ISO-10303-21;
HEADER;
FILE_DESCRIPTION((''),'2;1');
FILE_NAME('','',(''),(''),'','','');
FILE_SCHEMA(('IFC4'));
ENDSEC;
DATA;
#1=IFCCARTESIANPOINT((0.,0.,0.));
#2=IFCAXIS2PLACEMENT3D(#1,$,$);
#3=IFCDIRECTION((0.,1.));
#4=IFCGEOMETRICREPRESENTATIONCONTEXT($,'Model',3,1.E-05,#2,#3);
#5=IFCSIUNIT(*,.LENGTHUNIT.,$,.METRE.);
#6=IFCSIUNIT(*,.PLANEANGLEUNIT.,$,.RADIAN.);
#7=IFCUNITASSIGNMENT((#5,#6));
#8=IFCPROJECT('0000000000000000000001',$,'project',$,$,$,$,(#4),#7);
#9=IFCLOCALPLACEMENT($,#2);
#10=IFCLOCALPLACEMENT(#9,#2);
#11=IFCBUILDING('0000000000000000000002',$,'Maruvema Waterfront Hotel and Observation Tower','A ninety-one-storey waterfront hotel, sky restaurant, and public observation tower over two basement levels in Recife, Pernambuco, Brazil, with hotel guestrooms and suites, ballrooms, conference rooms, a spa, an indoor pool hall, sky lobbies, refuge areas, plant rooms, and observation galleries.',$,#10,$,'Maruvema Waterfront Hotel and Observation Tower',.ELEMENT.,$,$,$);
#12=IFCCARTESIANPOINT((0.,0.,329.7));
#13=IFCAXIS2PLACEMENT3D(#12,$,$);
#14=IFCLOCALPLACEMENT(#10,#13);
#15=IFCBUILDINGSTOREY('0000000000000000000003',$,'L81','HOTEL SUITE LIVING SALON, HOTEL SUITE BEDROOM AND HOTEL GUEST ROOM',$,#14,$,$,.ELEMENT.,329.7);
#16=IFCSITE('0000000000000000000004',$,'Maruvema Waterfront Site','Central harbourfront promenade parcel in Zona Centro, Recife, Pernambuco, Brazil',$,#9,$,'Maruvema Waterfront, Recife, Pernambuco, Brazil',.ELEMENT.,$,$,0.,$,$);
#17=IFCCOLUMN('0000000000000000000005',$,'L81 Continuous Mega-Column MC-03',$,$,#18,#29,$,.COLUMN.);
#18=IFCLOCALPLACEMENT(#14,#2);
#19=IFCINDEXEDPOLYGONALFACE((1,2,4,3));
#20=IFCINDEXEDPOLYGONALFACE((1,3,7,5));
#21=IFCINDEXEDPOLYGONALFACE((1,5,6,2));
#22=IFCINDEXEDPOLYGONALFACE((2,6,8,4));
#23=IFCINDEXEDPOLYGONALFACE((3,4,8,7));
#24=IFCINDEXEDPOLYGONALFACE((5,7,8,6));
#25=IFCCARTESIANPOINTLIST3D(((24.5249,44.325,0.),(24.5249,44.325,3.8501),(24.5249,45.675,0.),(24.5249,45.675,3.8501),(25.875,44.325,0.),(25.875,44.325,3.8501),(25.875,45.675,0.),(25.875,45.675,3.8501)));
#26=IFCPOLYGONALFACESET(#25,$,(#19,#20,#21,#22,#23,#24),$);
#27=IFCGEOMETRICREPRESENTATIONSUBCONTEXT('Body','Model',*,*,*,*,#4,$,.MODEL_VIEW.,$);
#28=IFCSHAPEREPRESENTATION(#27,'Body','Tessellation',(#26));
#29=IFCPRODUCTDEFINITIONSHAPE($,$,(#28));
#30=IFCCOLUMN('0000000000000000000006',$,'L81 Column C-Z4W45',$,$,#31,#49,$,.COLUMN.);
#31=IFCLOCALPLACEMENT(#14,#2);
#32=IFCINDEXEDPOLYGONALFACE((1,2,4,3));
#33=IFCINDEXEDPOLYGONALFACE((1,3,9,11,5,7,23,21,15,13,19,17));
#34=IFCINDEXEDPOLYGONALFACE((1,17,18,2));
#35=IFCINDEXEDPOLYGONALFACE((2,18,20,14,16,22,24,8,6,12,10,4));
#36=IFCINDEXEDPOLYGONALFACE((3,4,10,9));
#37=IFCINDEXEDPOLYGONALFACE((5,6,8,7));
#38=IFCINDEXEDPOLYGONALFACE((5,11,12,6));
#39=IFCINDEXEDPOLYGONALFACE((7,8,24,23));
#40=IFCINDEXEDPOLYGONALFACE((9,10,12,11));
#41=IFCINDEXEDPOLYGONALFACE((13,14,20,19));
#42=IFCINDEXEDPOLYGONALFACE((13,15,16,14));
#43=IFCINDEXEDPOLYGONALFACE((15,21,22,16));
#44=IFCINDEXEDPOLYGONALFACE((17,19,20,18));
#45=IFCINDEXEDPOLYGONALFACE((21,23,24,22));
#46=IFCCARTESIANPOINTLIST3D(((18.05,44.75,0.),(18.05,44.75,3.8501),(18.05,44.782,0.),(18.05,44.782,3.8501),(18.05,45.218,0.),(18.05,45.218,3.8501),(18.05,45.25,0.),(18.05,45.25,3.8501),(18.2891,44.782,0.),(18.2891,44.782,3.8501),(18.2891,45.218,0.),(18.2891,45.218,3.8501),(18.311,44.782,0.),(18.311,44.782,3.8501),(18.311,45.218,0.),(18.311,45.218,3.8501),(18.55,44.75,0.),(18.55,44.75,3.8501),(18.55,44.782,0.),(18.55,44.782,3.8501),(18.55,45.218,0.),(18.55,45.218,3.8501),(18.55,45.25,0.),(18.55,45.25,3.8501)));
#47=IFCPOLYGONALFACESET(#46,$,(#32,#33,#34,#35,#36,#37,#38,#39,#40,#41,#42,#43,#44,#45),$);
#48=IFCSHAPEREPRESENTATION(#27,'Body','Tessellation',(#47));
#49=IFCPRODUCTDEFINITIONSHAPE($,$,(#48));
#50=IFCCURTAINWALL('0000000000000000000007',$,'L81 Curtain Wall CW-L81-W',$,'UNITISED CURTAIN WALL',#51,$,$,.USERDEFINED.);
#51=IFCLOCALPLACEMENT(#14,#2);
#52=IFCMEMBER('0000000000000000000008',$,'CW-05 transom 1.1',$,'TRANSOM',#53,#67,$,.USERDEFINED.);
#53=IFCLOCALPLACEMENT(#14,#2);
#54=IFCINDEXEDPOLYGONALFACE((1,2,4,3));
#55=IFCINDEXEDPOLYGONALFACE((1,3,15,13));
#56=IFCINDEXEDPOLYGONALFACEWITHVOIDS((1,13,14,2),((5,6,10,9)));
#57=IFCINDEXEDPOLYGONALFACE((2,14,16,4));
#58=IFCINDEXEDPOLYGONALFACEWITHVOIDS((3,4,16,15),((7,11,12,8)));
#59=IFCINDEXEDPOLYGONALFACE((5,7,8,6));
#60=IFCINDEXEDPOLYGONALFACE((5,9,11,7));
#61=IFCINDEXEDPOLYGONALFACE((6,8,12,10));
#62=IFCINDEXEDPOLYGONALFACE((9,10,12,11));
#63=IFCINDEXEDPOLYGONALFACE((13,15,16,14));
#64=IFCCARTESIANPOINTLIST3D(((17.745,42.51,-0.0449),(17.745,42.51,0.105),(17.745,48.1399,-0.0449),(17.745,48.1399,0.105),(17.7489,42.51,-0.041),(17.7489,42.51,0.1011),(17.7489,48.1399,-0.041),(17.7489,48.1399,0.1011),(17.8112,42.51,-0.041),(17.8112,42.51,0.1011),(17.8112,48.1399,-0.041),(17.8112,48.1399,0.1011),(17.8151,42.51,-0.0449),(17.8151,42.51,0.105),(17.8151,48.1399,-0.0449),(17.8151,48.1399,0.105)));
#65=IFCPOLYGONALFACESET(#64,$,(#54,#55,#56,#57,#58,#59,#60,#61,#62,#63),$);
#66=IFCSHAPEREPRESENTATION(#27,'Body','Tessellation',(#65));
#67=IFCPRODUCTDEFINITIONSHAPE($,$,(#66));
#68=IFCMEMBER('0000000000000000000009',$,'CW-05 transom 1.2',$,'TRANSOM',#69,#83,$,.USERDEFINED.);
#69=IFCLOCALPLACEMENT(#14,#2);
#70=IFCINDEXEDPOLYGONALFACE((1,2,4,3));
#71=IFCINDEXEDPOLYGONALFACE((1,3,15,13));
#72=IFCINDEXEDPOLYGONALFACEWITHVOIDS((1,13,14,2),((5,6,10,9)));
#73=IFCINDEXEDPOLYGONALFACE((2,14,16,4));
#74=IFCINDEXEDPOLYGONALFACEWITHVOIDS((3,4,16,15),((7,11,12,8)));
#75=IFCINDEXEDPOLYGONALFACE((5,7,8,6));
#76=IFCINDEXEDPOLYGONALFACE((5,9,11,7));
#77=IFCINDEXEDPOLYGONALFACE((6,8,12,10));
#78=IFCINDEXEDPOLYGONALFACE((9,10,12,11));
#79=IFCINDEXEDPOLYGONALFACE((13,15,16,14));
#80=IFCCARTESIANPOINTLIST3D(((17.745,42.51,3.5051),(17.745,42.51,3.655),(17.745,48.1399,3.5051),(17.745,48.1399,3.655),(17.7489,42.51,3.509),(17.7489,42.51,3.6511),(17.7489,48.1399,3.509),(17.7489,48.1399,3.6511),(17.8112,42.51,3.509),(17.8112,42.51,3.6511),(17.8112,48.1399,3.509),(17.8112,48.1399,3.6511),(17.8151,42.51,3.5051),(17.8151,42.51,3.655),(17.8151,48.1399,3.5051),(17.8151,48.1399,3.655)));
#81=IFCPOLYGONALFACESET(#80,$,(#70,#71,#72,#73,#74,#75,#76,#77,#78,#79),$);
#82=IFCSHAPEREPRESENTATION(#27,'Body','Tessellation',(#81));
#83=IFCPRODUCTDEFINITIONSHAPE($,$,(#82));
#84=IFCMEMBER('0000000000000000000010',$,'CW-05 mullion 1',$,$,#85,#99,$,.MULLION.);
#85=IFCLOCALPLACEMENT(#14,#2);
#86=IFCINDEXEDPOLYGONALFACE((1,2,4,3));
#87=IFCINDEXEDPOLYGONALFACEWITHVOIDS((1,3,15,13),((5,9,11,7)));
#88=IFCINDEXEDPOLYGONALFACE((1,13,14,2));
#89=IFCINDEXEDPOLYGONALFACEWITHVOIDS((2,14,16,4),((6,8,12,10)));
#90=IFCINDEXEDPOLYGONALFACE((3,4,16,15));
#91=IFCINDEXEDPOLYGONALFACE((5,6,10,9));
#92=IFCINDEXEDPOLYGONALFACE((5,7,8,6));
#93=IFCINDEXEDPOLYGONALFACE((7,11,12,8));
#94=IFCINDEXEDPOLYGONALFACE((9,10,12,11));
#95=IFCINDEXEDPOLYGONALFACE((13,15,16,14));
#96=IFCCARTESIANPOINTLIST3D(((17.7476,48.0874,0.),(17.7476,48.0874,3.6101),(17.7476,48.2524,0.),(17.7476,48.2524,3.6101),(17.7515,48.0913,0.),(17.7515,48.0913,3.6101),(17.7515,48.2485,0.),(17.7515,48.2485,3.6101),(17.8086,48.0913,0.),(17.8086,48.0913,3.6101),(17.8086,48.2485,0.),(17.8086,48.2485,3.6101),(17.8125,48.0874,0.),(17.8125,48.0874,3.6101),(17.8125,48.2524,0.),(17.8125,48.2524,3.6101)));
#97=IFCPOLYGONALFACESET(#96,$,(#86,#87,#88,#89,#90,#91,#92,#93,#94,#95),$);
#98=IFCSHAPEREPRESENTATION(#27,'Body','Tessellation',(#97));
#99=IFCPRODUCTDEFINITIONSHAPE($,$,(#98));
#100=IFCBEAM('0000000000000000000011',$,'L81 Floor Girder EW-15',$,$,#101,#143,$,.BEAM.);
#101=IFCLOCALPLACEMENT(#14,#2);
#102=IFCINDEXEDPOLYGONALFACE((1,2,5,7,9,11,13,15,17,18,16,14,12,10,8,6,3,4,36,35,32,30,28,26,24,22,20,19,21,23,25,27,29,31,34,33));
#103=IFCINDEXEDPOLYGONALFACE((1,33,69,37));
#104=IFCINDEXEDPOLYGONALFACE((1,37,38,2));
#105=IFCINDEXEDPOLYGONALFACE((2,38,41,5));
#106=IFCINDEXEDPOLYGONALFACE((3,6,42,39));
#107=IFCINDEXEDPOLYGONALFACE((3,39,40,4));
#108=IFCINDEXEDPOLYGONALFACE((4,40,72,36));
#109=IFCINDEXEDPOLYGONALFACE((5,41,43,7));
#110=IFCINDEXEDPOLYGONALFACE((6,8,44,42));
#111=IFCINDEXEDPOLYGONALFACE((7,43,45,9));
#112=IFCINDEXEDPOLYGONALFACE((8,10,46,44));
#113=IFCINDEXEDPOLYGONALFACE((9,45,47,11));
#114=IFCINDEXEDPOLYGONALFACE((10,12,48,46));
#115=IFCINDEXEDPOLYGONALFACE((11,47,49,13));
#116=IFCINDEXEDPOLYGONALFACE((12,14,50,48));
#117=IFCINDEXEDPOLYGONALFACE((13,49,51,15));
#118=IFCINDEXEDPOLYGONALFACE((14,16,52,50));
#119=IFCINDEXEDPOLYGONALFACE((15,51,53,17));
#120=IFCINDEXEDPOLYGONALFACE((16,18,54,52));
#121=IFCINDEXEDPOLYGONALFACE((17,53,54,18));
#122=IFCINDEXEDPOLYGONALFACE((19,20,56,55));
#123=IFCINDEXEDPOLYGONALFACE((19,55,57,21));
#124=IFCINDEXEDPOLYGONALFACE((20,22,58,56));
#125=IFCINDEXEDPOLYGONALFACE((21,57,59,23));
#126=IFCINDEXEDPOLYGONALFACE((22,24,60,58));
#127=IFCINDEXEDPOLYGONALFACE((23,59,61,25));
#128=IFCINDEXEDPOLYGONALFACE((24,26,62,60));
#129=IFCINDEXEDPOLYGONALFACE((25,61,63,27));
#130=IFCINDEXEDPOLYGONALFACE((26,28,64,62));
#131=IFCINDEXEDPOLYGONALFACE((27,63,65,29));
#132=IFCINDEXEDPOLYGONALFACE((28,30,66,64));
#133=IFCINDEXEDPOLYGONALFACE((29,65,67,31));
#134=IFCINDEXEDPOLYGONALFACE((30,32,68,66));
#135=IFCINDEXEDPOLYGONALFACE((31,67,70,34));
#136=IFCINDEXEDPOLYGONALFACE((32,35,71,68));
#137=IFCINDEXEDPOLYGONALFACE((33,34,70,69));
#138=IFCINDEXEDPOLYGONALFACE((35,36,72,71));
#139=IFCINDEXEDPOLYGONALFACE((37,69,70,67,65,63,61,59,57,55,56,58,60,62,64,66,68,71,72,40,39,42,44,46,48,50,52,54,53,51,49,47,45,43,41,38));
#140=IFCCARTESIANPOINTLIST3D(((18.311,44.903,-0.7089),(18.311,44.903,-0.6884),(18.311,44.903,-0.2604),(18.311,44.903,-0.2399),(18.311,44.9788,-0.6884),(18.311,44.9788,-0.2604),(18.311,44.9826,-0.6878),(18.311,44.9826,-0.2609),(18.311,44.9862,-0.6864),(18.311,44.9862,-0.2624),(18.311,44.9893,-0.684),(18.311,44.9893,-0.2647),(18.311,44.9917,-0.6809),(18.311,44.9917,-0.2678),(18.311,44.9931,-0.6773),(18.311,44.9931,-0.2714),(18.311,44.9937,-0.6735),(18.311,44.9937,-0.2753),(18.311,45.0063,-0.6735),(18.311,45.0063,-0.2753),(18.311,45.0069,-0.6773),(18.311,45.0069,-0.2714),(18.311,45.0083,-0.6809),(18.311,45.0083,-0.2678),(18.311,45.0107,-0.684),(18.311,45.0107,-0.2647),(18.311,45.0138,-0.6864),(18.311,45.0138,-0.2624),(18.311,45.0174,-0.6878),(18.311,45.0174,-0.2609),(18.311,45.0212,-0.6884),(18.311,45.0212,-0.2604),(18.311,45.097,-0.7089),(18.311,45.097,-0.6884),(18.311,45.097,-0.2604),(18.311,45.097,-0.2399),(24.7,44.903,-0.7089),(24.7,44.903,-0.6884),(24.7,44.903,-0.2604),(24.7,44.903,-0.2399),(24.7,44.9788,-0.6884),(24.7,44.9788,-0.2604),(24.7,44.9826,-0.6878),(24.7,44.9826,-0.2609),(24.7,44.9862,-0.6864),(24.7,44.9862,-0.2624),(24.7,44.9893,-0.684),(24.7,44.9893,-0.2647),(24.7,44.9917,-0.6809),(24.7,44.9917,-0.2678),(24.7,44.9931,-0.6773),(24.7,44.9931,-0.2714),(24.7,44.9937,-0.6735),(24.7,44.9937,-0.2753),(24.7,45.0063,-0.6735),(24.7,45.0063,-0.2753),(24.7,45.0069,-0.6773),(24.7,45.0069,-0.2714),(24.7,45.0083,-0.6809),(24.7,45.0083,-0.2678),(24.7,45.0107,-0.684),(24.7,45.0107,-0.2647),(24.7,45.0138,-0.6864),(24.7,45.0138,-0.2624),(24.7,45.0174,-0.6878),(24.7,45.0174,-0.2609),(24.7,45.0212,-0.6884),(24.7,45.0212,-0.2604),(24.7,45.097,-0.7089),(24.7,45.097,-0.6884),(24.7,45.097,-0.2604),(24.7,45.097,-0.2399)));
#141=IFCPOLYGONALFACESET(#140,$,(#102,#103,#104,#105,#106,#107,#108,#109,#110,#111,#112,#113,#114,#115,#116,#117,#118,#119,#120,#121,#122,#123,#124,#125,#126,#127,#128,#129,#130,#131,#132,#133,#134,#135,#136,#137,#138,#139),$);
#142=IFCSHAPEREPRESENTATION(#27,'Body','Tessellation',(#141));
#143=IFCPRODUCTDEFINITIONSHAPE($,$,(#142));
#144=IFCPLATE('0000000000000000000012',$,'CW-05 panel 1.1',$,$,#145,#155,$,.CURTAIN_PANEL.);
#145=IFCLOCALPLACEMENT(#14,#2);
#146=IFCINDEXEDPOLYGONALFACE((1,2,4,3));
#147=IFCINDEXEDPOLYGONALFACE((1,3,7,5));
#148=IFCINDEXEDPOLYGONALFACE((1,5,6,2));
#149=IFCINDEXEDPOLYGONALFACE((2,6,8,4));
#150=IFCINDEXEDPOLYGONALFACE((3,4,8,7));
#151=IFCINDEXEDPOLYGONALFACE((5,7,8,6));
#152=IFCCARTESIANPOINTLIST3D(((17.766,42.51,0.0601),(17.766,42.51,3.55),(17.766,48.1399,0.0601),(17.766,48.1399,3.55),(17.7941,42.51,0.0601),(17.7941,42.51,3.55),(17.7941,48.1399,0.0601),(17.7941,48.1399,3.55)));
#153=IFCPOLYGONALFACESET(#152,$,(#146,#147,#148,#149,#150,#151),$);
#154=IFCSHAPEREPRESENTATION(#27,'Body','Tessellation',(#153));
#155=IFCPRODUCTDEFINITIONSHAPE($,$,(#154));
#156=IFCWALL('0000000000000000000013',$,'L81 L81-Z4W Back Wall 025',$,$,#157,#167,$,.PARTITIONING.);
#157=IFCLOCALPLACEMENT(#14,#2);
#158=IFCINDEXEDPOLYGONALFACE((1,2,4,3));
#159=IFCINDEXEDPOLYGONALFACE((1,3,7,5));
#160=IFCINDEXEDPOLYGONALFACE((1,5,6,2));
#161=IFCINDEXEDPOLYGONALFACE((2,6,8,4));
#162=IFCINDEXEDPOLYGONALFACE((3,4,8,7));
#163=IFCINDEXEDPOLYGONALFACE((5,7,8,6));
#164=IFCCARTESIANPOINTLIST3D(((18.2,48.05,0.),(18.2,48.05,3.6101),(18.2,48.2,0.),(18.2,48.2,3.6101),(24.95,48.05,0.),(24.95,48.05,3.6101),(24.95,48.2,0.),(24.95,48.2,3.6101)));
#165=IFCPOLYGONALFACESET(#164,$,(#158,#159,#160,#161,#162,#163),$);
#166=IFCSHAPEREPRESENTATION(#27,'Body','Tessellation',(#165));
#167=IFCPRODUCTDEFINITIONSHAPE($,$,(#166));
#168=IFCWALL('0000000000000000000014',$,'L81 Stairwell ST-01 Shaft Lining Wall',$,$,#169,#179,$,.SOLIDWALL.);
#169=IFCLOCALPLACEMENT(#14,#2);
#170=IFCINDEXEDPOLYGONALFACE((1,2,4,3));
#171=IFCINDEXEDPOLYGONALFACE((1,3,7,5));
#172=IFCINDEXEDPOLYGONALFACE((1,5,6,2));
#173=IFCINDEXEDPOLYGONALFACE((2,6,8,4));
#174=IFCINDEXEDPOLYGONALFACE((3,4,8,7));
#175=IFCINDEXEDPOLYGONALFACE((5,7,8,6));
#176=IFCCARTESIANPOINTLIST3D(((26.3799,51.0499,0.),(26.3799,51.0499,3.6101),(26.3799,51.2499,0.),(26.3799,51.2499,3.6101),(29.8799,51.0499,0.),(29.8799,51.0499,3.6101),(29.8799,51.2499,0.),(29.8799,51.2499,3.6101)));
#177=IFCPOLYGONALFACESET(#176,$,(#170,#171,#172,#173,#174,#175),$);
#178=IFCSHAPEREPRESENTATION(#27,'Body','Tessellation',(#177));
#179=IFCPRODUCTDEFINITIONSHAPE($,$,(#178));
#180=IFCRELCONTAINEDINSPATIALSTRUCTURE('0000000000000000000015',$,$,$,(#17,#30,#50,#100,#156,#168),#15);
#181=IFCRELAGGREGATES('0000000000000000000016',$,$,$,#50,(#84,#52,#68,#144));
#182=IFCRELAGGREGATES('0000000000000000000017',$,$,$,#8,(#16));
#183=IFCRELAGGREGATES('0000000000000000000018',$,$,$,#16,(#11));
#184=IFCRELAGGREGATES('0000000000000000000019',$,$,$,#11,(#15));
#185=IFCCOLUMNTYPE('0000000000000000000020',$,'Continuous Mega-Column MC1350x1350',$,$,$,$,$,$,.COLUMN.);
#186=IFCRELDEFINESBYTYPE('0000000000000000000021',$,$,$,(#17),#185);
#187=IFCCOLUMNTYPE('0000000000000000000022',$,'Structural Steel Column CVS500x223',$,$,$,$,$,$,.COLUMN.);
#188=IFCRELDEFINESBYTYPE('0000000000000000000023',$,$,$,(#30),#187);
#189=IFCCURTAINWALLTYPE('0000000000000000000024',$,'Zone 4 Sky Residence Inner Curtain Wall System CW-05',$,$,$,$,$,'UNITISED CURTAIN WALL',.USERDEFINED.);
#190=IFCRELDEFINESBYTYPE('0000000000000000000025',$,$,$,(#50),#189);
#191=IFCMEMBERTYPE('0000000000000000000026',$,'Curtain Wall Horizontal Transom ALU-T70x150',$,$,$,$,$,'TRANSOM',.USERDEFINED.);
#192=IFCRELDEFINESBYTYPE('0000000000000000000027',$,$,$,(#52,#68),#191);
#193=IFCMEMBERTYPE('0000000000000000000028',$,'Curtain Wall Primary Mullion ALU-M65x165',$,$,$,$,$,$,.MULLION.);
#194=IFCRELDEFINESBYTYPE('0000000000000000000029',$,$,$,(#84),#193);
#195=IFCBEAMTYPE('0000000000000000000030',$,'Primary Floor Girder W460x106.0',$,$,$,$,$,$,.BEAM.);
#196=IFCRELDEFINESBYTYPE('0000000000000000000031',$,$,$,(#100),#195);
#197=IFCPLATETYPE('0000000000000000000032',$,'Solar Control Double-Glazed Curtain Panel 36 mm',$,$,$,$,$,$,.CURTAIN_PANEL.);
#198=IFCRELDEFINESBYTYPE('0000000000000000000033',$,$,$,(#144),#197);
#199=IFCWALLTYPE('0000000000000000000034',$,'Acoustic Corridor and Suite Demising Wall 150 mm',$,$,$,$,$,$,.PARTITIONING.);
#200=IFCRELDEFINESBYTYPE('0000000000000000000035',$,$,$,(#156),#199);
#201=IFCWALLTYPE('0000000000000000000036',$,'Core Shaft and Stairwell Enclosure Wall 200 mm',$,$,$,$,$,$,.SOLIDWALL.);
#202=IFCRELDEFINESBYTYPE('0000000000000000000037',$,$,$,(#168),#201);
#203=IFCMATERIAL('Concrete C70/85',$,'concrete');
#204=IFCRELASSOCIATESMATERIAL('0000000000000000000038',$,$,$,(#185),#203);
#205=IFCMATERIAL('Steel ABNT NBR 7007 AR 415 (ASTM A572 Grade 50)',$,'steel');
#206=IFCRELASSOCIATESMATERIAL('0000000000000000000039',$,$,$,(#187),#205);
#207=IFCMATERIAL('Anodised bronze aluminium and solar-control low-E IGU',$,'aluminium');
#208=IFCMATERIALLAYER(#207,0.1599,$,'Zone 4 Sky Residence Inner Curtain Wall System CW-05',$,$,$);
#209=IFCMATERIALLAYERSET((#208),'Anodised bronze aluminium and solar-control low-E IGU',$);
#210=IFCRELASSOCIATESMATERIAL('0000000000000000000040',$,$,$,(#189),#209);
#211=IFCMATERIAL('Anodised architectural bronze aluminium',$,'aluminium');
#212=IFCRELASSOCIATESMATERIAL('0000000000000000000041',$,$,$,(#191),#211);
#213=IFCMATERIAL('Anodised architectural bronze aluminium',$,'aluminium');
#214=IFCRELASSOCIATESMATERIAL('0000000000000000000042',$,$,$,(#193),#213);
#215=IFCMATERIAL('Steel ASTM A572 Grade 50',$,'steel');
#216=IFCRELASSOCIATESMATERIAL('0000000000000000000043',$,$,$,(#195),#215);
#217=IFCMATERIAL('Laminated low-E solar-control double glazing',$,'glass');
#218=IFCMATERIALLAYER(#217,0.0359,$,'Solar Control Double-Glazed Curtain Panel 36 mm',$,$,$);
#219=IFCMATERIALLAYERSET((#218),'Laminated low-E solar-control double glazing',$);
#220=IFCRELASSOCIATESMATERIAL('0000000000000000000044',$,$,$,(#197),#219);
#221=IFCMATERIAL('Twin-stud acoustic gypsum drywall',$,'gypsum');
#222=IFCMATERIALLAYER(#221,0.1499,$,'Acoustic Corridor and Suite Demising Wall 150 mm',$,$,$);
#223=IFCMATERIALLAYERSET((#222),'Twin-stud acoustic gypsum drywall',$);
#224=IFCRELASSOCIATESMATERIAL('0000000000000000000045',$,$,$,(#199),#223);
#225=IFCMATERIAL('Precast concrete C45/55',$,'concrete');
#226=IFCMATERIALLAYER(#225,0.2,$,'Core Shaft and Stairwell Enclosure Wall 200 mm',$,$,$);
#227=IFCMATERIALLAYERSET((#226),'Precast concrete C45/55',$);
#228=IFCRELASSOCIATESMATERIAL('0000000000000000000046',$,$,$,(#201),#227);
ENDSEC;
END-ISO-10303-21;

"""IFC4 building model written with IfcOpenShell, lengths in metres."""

from ifc_helpers import new_model, si_unit, direction, frame, frame_2d, origin, origin_2d, place, context, subcontext, project, spatial, rectangle, hollow_rectangle, i_section, extrude, material, layer, layer_set, material_profile, profile_set, type_object, element, aggregate, save


model = new_model("IFC4")

# Units and contexts
model_context = context("Model", 3, precision=1e-05, world=origin(), true_north=direction((0.0, 1.0)))
body_context = subcontext(model_context, "Body", "Model", "MODEL_VIEW")
ifc_project = project(units=[si_unit("LENGTHUNIT", "METRE"), si_unit("PLANEANGLEUNIT", "RADIAN")], contexts=[model_context])

# Site, building, storey
site_placement = place(None, origin())
site = spatial("IfcSite", under=ifc_project, at=site_placement, Name="Maruvema Waterfront Site", Description="Central harbourfront promenade parcel in Zona Centro, Recife, Pernambuco, Brazil", LongName="Maruvema Waterfront, Recife, Pernambuco, Brazil", CompositionType="ELEMENT", RefElevation=0.0)
building_placement = place(site_placement, origin())
building = spatial("IfcBuilding", under=site, at=building_placement, Name="Maruvema Waterfront Hotel and Observation Tower", Description="A ninety-one-storey waterfront hotel, sky restaurant, and public observation tower over two basement levels in Recife, Pernambuco, Brazil, with hotel guestrooms and suites, ballrooms, conference rooms, a spa, an indoor pool hall, sky lobbies, refuge areas, plant rooms, and observation galleries.", LongName="Maruvema Waterfront Hotel and Observation Tower", CompositionType="ELEMENT")
storey_placement = place(building_placement, frame((0.0, 0.0, 329.7)))
storey = spatial("IfcBuildingStorey", under=building, at=storey_placement, Name="L81", Description="HOTEL SUITE LIVING SALON, HOTEL SUITE BEDROOM AND HOTEL GUEST ROOM", CompositionType="ELEMENT", Elevation=329.7)

# Columns
ifc_material_1 = material(Name="Concrete C70/85", Category="concrete")
ifc_material_profile_1 = material_profile(ifc_material_1, rectangle(XDim=1.3501, YDim=1.3501, at=origin_2d()), Name="MC1350x1350")
ifc_profile_set_1 = profile_set([ifc_material_profile_1], Name="Concrete C70/85")
column_type_1 = type_object("IfcColumnType", Name="Continuous Mega-Column MC1350x1350", PredefinedType="COLUMN", material=ifc_profile_set_1)
column_1_placement = place(storey_placement, frame((25.2, 45.0, 0.0), z_axis=(0.0, 0.0, 1.0), x_axis=(1.0, 0.0, 0.0)))
element("IfcColumn", 1, at=column_1_placement, inside=storey, type_object=column_type_1, Name="L81 Continuous Mega-Column MC-03", PredefinedType="COLUMN", context=body_context, shape_type="SweptSolid", body=[
    extrude(rectangle(XDim=1.3501, YDim=1.3501, at=origin_2d()), origin(), (0.0, 0.0, 1.0), 3.8501),
])
ifc_material_2 = material(Name="Steel ABNT NBR 7007 AR 415 (ASTM A572 Grade 50)", Category="steel")
ifc_material_profile_2 = material_profile(ifc_material_2, i_section(OverallWidth=0.5, OverallDepth=0.5, WebThickness=0.022, FlangeThickness=0.032, at=origin_2d()), Name="CVS500x223")
ifc_profile_set_2 = profile_set([ifc_material_profile_2], Name="Steel ABNT NBR 7007 AR 415 (ASTM A572 Grade 50)")
column_type_2 = type_object("IfcColumnType", Name="Structural Steel Column CVS500x223", PredefinedType="COLUMN", material=ifc_profile_set_2)
column_2_placement = place(storey_placement, frame((18.3, 45.0, 0.0), z_axis=(0.0, 0.0, 1.0), x_axis=(1.0, 0.0, 0.0)))
element("IfcColumn", 2, at=column_2_placement, inside=storey, type_object=column_type_2, Name="L81 Column C-Z4W45", PredefinedType="COLUMN", context=body_context, shape_type="SweptSolid", body=[
    extrude(i_section(OverallWidth=0.5, OverallDepth=0.5, WebThickness=0.022, FlangeThickness=0.032, at=origin_2d()), origin(), (0.0, 0.0, 1.0), 3.8501),
])

# Curtain wall, members
ifc_material_3 = material(Name="Anodised bronze aluminium and solar-control low-E IGU", Category="aluminium")
ifc_layer_1 = layer(ifc_material_3, 0.1599, Name="Zone 4 Sky Residence Inner Curtain Wall System CW-05")
ifc_layer_set_1 = layer_set([ifc_layer_1], Name="Anodised bronze aluminium and solar-control low-E IGU")
curtain_wall_type = type_object("IfcCurtainWallType", Name="Zone 4 Sky Residence Inner Curtain Wall System CW-05", ElementType="UNITISED CURTAIN WALL", PredefinedType="USERDEFINED", material=ifc_layer_set_1)
curtain_wall_placement = place(storey_placement, origin())
curtain_wall = element("IfcCurtainWall", 3, at=curtain_wall_placement, inside=storey, type_object=curtain_wall_type, Name="L81 Curtain Wall CW-L81-W", ObjectType="UNITISED CURTAIN WALL", PredefinedType="USERDEFINED")
ifc_material_4 = material(Name="Anodised architectural bronze aluminium", Category="aluminium")
ifc_material_profile_3 = material_profile(ifc_material_4, hollow_rectangle(XDim=0.0701, YDim=0.1499, WallThickness=0.0039, at=origin_2d()), Name="ALU-T70x150")
ifc_profile_set_3 = profile_set([ifc_material_profile_3], Name="Anodised architectural bronze aluminium")
member_type_1 = type_object("IfcMemberType", Name="Curtain Wall Horizontal Transom ALU-T70x150", ElementType="TRANSOM", PredefinedType="USERDEFINED", material=ifc_profile_set_3)
member_1_placement = place(storey_placement, frame((17.78, 48.1399, 0.03), z_axis=(0.0, -1.0, 0.0), x_axis=(1.0, 0.0, 0.0)))
member_1 = element("IfcMember", 4, at=member_1_placement, type_object=member_type_1, Name="CW-05 transom 1.1", ObjectType="TRANSOM", PredefinedType="USERDEFINED", context=body_context, shape_type="SweptSolid", body=[
    extrude(hollow_rectangle(XDim=0.0701, YDim=0.1499, WallThickness=0.0039, at=origin_2d()), origin(), (0.0, 0.0, 1.0), 5.6299),
])
member_2_placement = place(storey_placement, frame((17.78, 48.1399, 3.5801), z_axis=(0.0, -1.0, 0.0), x_axis=(1.0, 0.0, 0.0)))
member_2 = element("IfcMember", 5, at=member_2_placement, type_object=member_type_1, Name="CW-05 transom 1.2", ObjectType="TRANSOM", PredefinedType="USERDEFINED", context=body_context, shape_type="SweptSolid", body=[
    extrude(hollow_rectangle(XDim=0.0701, YDim=0.1499, WallThickness=0.0039, at=origin_2d()), origin(), (0.0, 0.0, 1.0), 5.6299),
])
ifc_material_5 = material(Name="Anodised architectural bronze aluminium", Category="aluminium")
ifc_material_profile_4 = material_profile(ifc_material_5, hollow_rectangle(XDim=0.0649, YDim=0.165, WallThickness=0.0039, at=origin_2d()), Name="ALU-M65x165")
ifc_profile_set_4 = profile_set([ifc_material_profile_4], Name="Anodised architectural bronze aluminium")
member_type_2 = type_object("IfcMemberType", Name="Curtain Wall Primary Mullion ALU-M65x165", PredefinedType="MULLION", material=ifc_profile_set_4)
member_3_placement = place(storey_placement, frame((17.78, 48.1699, 0.0), z_axis=(0.0, 0.0, 1.0), x_axis=(1.0, 0.0, 0.0)))
member_3 = element("IfcMember", 6, at=member_3_placement, type_object=member_type_2, Name="CW-05 mullion 1", PredefinedType="MULLION", context=body_context, shape_type="SweptSolid", body=[
    extrude(hollow_rectangle(XDim=0.0649, YDim=0.165, WallThickness=0.0039, at=origin_2d()), origin(), (0.0, 0.0, 1.0), 3.6101),
])

# Beam
ifc_material_6 = material(Name="Steel ASTM A572 Grade 50", Category="steel")
ifc_material_profile_5 = material_profile(ifc_material_6, i_section(OverallWidth=0.1941, OverallDepth=0.469, WebThickness=0.0127, FlangeThickness=0.0205, FilletRadius=0.0149, at=origin_2d()), Name="W460x106.0")
ifc_profile_set_5 = profile_set([ifc_material_profile_5], Name="Steel ASTM A572 Grade 50")
beam_type = type_object("IfcBeamType", Name="Primary Floor Girder W460x106.0", PredefinedType="BEAM", material=ifc_profile_set_5)
beam_placement = place(storey_placement, frame((18.311, 45.0, -0.4744), z_axis=(1.0, 0.0, 0.0), x_axis=(0.0, 1.0, 0.0)))
element("IfcBeam", 7, at=beam_placement, inside=storey, type_object=beam_type, Name="L81 Floor Girder EW-15", PredefinedType="BEAM", context=body_context, shape_type="SweptSolid", body=[
    extrude(i_section(OverallWidth=0.1941, OverallDepth=0.469, WebThickness=0.0127, FlangeThickness=0.0205, FilletRadius=0.0149, at=origin_2d()), origin(), (0.0, 0.0, 1.0), 6.3889),
])

# Plate
ifc_material_7 = material(Name="Laminated low-E solar-control double glazing", Category="glass")
ifc_layer_2 = layer(ifc_material_7, 0.0359, Name="Solar Control Double-Glazed Curtain Panel 36 mm")
ifc_layer_set_2 = layer_set([ifc_layer_2], Name="Laminated low-E solar-control double glazing")
plate_type = type_object("IfcPlateType", Name="Solar Control Double-Glazed Curtain Panel 36 mm", PredefinedType="CURTAIN_PANEL", material=ifc_layer_set_2)
plate_placement = place(storey_placement, frame((17.78, 45.325, 0.0601), z_axis=(0.0, 0.0, 1.0), x_axis=(0.0, -1.0, 0.0)))
plate = element("IfcPlate", 8, at=plate_placement, type_object=plate_type, Name="CW-05 panel 1.1", PredefinedType="CURTAIN_PANEL", context=body_context, shape_type="SweptSolid", body=[
    extrude(rectangle(XDim=5.6299, YDim=0.0281, at=origin_2d()), origin(), (0.0, 0.0, 1.0), 3.49),
])
aggregate(curtain_wall, [member_3, member_1, member_2, plate])

# Walls
ifc_material_8 = material(Name="Twin-stud acoustic gypsum drywall", Category="gypsum")
ifc_layer_3 = layer(ifc_material_8, 0.1499, Name="Acoustic Corridor and Suite Demising Wall 150 mm")
ifc_layer_set_3 = layer_set([ifc_layer_3], Name="Twin-stud acoustic gypsum drywall")
wall_type_1 = type_object("IfcWallType", Name="Acoustic Corridor and Suite Demising Wall 150 mm", PredefinedType="PARTITIONING", material=ifc_layer_set_3)
wall_1_placement = place(storey_placement, frame((18.2, 48.125, 0.0), z_axis=(0.0, 0.0, 1.0), x_axis=(1.0, 0.0, 0.0)))
element("IfcWall", 9, at=wall_1_placement, inside=storey, type_object=wall_type_1, Name="L81 L81-Z4W Back Wall 025", PredefinedType="PARTITIONING", context=body_context, shape_type="SweptSolid", body=[
    extrude(rectangle(XDim=6.75, YDim=0.1499, at=frame_2d((3.375, 0.0))), origin(), (0.0, 0.0, 1.0), 3.6101),
])
ifc_material_9 = material(Name="Precast concrete C45/55", Category="concrete")
ifc_layer_4 = layer(ifc_material_9, 0.2, Name="Core Shaft and Stairwell Enclosure Wall 200 mm")
ifc_layer_set_4 = layer_set([ifc_layer_4], Name="Precast concrete C45/55")
wall_type_2 = type_object("IfcWallType", Name="Core Shaft and Stairwell Enclosure Wall 200 mm", PredefinedType="SOLIDWALL", material=ifc_layer_set_4)
wall_2_placement = place(storey_placement, frame((26.3799, 51.1499, 0.0), z_axis=(0.0, 0.0, 1.0), x_axis=(1.0, 0.0, 0.0)))
element("IfcWall", 10, at=wall_2_placement, inside=storey, type_object=wall_type_2, Name="L81 Stairwell ST-01 Shaft Lining Wall", PredefinedType="SOLIDWALL", context=body_context, shape_type="SweptSolid", body=[
    extrude(rectangle(XDim=3.5, YDim=0.2, at=frame_2d((1.75, 0.0))), origin(), (0.0, 0.0, 1.0), 3.6101),
])

save(model, "model.ifc")
